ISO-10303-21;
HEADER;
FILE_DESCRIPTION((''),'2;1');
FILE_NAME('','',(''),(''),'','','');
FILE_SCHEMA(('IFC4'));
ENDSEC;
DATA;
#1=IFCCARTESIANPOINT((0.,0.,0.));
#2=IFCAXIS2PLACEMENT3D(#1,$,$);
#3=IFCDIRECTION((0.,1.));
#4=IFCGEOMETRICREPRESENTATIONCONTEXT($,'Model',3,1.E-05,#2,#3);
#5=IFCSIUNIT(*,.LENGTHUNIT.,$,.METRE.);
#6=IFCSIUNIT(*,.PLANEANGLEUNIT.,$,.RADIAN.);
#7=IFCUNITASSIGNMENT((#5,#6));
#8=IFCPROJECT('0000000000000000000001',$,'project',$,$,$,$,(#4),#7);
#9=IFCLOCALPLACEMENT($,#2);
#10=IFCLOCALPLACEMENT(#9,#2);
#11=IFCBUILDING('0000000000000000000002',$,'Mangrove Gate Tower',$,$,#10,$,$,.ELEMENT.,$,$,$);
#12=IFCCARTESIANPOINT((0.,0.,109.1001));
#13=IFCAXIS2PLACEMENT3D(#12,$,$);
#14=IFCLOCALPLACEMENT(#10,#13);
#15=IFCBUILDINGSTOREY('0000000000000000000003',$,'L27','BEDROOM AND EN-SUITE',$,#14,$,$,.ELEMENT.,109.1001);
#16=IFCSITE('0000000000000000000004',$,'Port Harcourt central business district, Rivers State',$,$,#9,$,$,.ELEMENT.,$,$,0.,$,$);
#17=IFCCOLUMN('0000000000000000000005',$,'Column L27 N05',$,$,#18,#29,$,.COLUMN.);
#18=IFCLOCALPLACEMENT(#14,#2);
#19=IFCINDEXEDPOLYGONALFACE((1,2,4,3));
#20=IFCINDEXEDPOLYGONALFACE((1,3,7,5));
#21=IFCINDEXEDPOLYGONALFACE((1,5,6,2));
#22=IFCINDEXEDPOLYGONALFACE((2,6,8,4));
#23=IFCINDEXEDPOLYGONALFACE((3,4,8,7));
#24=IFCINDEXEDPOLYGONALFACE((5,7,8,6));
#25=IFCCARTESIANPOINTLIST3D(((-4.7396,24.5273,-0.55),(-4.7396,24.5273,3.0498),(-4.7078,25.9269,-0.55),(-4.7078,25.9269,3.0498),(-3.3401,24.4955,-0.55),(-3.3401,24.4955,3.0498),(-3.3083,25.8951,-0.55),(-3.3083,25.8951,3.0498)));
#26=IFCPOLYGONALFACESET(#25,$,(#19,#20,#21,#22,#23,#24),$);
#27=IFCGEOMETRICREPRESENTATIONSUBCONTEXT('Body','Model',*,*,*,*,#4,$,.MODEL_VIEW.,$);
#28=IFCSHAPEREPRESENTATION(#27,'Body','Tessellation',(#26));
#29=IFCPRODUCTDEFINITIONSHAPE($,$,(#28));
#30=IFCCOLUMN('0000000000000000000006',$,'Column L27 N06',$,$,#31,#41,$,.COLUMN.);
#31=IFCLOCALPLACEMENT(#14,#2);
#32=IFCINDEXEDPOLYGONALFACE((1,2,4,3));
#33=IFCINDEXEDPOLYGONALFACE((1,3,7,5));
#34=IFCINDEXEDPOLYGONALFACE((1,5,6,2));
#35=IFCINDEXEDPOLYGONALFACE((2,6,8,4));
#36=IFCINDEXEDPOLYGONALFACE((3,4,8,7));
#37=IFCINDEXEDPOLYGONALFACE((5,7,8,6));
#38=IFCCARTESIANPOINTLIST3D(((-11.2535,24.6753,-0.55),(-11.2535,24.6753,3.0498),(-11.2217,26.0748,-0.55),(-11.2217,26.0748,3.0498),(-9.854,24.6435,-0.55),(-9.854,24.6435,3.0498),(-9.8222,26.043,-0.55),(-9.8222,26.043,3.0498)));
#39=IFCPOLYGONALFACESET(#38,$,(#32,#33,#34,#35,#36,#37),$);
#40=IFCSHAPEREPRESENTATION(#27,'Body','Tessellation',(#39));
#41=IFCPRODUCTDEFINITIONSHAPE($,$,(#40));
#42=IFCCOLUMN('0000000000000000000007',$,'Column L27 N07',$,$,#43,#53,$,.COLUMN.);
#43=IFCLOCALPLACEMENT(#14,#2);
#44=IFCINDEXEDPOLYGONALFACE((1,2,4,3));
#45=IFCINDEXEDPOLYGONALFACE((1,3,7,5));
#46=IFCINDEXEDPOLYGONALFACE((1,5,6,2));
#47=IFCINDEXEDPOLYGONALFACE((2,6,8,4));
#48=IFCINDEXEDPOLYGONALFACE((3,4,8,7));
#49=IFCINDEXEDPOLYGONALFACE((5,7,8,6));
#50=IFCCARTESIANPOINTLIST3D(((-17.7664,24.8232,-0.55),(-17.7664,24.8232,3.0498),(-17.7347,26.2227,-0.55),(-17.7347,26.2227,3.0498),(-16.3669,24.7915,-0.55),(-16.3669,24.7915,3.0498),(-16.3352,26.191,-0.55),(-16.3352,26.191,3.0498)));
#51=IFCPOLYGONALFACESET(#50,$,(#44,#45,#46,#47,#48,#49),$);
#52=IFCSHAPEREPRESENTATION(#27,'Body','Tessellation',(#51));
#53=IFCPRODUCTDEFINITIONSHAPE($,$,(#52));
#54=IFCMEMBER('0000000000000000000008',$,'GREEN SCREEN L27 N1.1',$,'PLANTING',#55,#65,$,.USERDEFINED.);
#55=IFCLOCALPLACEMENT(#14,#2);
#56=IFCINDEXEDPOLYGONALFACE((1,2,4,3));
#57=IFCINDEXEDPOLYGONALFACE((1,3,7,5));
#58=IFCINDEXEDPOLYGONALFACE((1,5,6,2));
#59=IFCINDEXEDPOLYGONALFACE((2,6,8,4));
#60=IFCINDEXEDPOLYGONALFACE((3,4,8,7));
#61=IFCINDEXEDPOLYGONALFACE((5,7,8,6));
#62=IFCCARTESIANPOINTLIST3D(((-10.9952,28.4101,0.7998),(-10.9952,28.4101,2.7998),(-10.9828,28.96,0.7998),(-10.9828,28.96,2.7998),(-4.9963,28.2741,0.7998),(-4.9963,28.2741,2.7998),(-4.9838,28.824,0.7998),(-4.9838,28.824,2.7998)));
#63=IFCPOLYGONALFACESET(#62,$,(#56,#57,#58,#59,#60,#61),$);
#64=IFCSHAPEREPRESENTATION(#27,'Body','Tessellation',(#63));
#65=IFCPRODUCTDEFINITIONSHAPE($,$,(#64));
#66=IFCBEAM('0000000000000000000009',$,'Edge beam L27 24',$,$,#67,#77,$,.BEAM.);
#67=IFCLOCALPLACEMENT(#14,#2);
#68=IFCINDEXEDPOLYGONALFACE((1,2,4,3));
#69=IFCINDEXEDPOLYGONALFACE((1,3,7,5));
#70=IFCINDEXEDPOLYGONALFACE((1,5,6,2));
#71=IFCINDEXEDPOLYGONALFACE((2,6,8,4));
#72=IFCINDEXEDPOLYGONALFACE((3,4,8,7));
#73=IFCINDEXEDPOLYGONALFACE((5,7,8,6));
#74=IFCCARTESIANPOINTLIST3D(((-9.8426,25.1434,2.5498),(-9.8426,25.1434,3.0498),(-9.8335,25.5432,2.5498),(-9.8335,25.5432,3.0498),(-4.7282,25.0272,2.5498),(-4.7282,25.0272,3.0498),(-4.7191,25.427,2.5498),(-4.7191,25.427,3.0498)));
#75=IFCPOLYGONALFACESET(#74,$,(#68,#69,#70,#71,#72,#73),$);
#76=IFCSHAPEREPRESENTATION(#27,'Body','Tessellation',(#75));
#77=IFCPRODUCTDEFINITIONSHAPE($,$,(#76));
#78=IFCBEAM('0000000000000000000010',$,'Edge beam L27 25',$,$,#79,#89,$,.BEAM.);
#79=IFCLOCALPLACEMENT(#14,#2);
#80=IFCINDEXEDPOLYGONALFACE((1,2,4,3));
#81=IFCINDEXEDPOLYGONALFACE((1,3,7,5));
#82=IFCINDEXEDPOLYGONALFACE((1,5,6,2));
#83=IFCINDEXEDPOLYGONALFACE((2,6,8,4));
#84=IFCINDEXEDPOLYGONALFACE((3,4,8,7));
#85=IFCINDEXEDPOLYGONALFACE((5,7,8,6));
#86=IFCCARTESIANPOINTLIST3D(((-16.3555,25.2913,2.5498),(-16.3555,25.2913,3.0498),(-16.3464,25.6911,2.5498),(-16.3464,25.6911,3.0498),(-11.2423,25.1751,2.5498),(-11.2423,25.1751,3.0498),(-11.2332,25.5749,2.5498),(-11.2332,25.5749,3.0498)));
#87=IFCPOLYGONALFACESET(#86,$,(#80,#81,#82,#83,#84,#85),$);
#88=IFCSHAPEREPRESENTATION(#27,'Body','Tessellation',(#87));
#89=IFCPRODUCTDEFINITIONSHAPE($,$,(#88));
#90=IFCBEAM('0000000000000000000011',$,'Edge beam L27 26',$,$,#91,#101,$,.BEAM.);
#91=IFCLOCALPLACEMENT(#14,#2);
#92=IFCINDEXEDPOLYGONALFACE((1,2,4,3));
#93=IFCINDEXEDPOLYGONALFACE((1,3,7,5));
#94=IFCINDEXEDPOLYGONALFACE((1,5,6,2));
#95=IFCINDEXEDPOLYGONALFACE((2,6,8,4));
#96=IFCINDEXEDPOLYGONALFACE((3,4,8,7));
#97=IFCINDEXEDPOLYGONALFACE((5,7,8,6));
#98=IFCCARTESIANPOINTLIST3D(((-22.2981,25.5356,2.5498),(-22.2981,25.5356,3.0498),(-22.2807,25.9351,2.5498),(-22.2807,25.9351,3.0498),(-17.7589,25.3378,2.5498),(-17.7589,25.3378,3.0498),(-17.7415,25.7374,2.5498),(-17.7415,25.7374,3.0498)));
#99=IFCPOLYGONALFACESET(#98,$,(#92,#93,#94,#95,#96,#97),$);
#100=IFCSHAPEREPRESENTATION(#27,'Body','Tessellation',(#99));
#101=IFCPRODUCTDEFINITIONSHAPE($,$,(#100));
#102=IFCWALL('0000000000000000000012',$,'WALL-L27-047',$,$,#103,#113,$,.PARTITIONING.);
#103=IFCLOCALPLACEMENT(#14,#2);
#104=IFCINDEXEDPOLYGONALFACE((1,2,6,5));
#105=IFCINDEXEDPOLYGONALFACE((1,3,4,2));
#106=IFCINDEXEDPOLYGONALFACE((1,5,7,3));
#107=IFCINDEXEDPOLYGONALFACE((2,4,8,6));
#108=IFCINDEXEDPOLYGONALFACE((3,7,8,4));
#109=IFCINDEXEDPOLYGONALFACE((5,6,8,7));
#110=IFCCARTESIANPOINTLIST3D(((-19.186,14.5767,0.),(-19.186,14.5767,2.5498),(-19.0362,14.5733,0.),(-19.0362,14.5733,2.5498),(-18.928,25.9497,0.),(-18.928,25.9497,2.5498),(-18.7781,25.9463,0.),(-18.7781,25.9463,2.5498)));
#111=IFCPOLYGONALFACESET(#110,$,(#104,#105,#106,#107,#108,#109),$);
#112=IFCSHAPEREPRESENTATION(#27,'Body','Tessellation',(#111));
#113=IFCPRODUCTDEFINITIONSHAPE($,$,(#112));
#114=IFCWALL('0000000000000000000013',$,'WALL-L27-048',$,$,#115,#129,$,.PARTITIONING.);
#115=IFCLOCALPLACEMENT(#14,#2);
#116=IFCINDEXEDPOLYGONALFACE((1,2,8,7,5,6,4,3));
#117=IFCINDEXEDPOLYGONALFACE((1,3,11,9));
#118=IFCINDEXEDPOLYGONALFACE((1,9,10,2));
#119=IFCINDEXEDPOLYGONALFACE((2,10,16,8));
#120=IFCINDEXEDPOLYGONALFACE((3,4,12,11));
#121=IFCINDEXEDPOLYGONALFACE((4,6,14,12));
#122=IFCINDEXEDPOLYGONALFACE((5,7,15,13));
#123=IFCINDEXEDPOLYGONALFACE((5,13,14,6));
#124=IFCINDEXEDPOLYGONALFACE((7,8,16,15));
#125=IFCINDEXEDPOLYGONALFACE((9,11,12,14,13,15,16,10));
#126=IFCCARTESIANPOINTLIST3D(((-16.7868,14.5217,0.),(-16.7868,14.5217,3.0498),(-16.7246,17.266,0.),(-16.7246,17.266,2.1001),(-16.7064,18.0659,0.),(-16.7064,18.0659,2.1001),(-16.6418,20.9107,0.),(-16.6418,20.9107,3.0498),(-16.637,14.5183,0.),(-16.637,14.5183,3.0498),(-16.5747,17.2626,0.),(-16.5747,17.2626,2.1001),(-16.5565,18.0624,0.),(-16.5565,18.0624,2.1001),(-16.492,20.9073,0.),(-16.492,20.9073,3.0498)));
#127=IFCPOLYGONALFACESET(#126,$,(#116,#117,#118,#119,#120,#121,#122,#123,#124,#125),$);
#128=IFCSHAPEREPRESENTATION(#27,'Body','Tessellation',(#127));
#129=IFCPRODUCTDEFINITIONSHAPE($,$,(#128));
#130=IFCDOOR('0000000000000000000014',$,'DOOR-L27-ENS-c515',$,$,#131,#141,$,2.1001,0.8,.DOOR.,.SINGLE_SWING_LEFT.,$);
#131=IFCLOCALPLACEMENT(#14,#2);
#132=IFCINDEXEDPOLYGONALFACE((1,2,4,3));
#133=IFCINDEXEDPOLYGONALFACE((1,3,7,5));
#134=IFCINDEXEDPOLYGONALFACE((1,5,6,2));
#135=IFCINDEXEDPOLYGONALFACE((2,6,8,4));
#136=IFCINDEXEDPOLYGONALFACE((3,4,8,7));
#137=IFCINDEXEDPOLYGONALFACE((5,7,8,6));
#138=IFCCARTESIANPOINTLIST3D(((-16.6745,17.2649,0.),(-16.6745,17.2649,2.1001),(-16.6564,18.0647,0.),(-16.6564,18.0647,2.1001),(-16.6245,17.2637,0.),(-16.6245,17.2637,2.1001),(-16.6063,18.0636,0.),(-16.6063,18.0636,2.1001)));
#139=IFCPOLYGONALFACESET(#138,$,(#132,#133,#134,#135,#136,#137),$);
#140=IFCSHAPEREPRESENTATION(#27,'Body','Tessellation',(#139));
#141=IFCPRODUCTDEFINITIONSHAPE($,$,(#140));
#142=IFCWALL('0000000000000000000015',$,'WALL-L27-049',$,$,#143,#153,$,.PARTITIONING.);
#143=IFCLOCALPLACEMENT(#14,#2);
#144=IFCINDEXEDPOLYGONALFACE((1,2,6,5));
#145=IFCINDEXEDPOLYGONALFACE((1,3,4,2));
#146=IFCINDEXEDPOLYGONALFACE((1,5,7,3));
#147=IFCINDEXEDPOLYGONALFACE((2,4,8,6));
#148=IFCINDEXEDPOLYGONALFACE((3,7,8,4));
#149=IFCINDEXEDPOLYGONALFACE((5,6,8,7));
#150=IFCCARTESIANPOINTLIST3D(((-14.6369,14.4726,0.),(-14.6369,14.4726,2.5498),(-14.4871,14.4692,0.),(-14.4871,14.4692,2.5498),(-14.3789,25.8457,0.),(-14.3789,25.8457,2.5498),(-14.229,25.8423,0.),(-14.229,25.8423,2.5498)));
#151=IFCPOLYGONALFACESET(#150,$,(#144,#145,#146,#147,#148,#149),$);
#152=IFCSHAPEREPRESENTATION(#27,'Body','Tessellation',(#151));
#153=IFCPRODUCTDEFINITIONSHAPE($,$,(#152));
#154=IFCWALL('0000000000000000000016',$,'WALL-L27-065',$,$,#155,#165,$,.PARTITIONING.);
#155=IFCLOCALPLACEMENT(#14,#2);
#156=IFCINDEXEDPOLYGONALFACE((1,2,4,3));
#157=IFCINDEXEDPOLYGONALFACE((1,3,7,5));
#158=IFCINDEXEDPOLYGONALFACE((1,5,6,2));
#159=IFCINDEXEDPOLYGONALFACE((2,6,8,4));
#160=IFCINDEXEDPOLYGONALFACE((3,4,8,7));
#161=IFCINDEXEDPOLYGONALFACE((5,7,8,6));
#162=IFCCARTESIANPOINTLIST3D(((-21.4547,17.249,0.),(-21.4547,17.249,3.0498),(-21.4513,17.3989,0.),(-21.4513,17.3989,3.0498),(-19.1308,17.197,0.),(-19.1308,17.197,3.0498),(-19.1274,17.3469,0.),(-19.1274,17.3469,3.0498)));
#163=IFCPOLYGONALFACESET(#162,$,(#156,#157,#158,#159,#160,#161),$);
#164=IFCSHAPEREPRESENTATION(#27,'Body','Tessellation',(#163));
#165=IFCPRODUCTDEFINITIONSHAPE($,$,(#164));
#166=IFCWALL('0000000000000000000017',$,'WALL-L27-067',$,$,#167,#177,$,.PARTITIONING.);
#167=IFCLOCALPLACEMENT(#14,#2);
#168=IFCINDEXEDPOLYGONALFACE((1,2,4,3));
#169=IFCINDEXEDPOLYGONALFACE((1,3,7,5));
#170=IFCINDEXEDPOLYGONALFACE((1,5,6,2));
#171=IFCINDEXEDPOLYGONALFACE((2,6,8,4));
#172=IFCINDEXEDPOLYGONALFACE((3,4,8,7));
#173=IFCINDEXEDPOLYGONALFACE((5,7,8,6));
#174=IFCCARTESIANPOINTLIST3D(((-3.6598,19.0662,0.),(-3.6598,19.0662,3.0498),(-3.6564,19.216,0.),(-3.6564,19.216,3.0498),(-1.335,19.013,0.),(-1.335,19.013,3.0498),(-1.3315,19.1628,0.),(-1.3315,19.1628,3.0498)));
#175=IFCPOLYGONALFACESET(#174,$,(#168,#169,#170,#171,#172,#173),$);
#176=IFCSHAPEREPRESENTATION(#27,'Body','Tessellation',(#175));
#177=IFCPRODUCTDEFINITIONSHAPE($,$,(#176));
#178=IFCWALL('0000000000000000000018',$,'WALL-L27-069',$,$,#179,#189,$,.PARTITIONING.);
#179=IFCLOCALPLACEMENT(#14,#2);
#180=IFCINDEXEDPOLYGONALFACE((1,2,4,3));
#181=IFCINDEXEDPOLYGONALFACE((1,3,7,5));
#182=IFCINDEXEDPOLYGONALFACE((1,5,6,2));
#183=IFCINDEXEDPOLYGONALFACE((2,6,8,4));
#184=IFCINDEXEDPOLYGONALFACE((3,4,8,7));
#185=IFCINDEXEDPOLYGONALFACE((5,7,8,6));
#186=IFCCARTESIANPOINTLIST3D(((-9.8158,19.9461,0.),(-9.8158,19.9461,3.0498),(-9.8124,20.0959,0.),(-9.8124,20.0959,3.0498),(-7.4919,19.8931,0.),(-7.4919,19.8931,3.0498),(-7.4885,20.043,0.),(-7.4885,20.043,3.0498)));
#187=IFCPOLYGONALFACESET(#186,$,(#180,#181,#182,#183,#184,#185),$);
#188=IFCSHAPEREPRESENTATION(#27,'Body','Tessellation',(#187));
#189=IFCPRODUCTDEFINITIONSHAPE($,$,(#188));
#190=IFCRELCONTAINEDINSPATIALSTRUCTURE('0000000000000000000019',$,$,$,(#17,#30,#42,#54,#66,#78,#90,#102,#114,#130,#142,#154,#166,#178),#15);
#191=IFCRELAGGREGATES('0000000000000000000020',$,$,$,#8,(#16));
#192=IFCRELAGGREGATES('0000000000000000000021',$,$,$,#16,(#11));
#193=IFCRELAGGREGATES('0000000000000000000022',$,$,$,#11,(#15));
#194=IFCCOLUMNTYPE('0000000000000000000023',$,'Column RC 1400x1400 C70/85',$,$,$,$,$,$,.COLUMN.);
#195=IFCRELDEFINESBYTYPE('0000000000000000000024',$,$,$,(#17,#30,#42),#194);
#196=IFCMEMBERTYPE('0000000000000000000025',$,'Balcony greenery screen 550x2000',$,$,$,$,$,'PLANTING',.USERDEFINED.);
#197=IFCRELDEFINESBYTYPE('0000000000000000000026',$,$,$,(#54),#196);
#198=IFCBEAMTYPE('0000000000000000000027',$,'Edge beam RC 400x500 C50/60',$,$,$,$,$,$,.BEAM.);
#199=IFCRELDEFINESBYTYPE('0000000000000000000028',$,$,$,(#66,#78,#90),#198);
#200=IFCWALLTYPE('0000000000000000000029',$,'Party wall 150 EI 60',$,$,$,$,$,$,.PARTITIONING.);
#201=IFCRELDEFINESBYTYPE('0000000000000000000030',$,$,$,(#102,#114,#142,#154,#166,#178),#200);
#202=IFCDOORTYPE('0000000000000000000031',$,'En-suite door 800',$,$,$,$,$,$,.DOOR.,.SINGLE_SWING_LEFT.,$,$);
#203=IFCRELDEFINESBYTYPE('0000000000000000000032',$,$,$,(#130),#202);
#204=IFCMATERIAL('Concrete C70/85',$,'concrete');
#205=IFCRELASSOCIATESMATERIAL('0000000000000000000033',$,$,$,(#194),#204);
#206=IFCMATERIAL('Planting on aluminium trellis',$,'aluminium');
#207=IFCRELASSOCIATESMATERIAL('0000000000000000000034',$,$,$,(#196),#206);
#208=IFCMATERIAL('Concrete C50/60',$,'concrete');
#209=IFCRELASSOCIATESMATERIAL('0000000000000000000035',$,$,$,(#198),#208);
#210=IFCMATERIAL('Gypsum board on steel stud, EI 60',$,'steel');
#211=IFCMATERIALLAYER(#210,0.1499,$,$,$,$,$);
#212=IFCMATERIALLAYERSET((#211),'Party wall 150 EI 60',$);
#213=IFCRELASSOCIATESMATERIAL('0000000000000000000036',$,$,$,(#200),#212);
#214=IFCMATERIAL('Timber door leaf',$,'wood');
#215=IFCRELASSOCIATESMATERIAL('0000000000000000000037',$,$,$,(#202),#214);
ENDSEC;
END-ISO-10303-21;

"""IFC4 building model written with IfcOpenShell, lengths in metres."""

from ifc_helpers import new_model, si_unit, direction, frame, frame_2d, origin, origin_2d, place, context, subcontext, project, spatial, rectangle, extrude, material, layer, layer_set, material_profile, profile_set, type_object, element, fill, save


model = new_model("IFC4")

# Units and contexts
model_context = context("Model", 3, precision=1e-05, world=origin(), true_north=direction((0.0, 1.0)))
body_context = subcontext(model_context, "Body", "Model", "MODEL_VIEW")
ifc_project = project(units=[si_unit("LENGTHUNIT", "METRE"), si_unit("PLANEANGLEUNIT", "RADIAN")], contexts=[model_context])

# Site, building, storey
site_placement = place(None, origin())
site = spatial("IfcSite", under=ifc_project, at=site_placement, Name="Port Harcourt central business district, Rivers State", CompositionType="ELEMENT", RefElevation=0.0)
building_placement = place(site_placement, origin())
building = spatial("IfcBuilding", under=site, at=building_placement, Name="Mangrove Gate Tower", CompositionType="ELEMENT")
storey_placement = place(building_placement, frame((0.0, 0.0, 109.1001)))
storey = spatial("IfcBuildingStorey", under=building, at=storey_placement, Name="L27", Description="BEDROOM AND EN-SUITE", CompositionType="ELEMENT", Elevation=109.1001)

# Columns
ifc_material_1 = material(Name="Concrete C70/85", Category="concrete")
ifc_material_profile_1 = material_profile(ifc_material_1, rectangle(XDim=1.3999, YDim=1.3999, at=origin_2d()))
ifc_profile_set_1 = profile_set([ifc_material_profile_1], Name="Concrete C70/85")
column_type = type_object("IfcColumnType", Name="Column RC 1400x1400 C70/85", PredefinedType="COLUMN", material=ifc_profile_set_1)
for number, where, z_axis, x_axis, name in (
    (1, (-4.0239, 25.2112, -0.55), (0.0, 0.0, 1.0), (-0.999742, 0.022714, 0.0), "Column L27 N05"),
    (2, (-10.5378, 25.3591, -0.55), (0.0, 0.0, 1.0), (-0.999742, 0.022716, 0.0), "Column L27 N06"),
    (3, (-17.0508, 25.5071, -0.55), (0.0, 0.0, 1.0), (-0.999744, 0.022639, 0.0), "Column L27 N07"),
):
    element("IfcColumn", number, at=place(storey_placement, frame(where, z_axis=z_axis, x_axis=x_axis)), inside=storey, type_object=column_type, Name=name, PredefinedType="COLUMN", context=body_context, shape_type="SweptSolid", body=[
        extrude(rectangle(XDim=1.3999, YDim=1.3999, at=origin_2d()), origin(), (0.0, 0.0, 1.0), 3.5999),
    ])

# Member
ifc_material_2 = material(Name="Planting on aluminium trellis", Category="aluminium")
ifc_material_profile_2 = material_profile(ifc_material_2, rectangle(XDim=0.55, YDim=2.0, at=origin_2d()))
ifc_profile_set_2 = profile_set([ifc_material_profile_2], Name="Planting on aluminium trellis")
member_type = type_object("IfcMemberType", Name="Balcony greenery screen 550x2000", ElementType="PLANTING", PredefinedType="USERDEFINED", material=ifc_profile_set_2)
member_placement = place(storey_placement, frame((-10.989, 28.6851, 1.7998), z_axis=(0.999743, -0.022662, 0.0), x_axis=(0.022662, 0.999743, 0.0)))
element("IfcMember", 4, at=member_placement, inside=storey, type_object=member_type, Name="GREEN SCREEN L27 N1.1", ObjectType="PLANTING", PredefinedType="USERDEFINED", context=body_context, shape_type="SweptSolid", body=[
    extrude(rectangle(XDim=0.55, YDim=2.0, at=origin_2d()), origin(), (0.0, 0.0, 1.0), 6.0005),
])

# Beams
ifc_material_3 = material(Name="Concrete C50/60", Category="concrete")
ifc_material_profile_3 = material_profile(ifc_material_3, rectangle(XDim=0.3999, YDim=0.5, at=origin_2d()))
ifc_profile_set_3 = profile_set([ifc_material_profile_3], Name="Concrete C50/60")
beam_type = type_object("IfcBeamType", Name="Edge beam RC 400x500 C50/60", PredefinedType="BEAM", material=ifc_profile_set_3)
beam_1_placement = place(storey_placement, frame((-4.7236, 25.2271, 2.7998), z_axis=(-0.999742, 0.022716, 0.0), x_axis=(-0.022716, -0.999742, 0.0)))
element("IfcBeam", 5, at=beam_1_placement, inside=storey, type_object=beam_type, Name="Edge beam L27 24", PredefinedType="BEAM", context=body_context, shape_type="SweptSolid", body=[
    extrude(rectangle(XDim=0.3999, YDim=0.5, at=origin_2d()), origin(), (0.0, 0.0, 1.0), 5.1157),
])
beam_2_placement = place(storey_placement, frame((-11.2378, 25.375, 2.7998), z_axis=(-0.999742, 0.022721, 0.0), x_axis=(-0.022721, -0.999742, 0.0)))
element("IfcBeam", 6, at=beam_2_placement, inside=storey, type_object=beam_type, Name="Edge beam L27 25", PredefinedType="BEAM", context=body_context, shape_type="SweptSolid", body=[
    extrude(rectangle(XDim=0.3999, YDim=0.5, at=origin_2d()), origin(), (0.0, 0.0, 1.0), 5.1145),
])
beam_3_placement = place(storey_placement, frame((-17.7502, 25.5376, 2.7998), z_axis=(-0.999052, 0.043526, 0.0), x_axis=(-0.043526, -0.999052, 0.0)))
element("IfcBeam", 7, at=beam_3_placement, inside=storey, type_object=beam_type, Name="Edge beam L27 26", PredefinedType="BEAM", context=body_context, shape_type="SweptSolid", body=[
    extrude(rectangle(XDim=0.3999, YDim=0.5, at=origin_2d()), origin(), (0.0, 0.0, 1.0), 4.5435),
])

# Wall
ifc_material_4 = material(Name="Gypsum board on steel stud, EI 60", Category="steel")
ifc_layer_1 = layer(ifc_material_4, 0.1499)
ifc_layer_set_1 = layer_set([ifc_layer_1], Name="Party wall 150 EI 60")
wall_type_1 = type_object("IfcWallType", Name="Party wall 150 EI 60", PredefinedType="PARTITIONING", material=ifc_layer_set_1)
wall_1_placement = place(storey_placement, frame((-19.1111, 14.575, 0.0), z_axis=(0.0, 0.0, 1.0), x_axis=(0.022684, 0.999743, 0.0)))
element("IfcWall", 8, at=wall_1_placement, inside=storey, type_object=wall_type_1, Name="WALL-L27-047", PredefinedType="PARTITIONING", context=body_context, shape_type="SweptSolid", body=[
    extrude(rectangle(XDim=11.376, YDim=0.1499, at=frame_2d((5.688, 0.0))), origin(), (0.0, 0.0, 1.0), 2.5498),
])

# Wall, opening, door
wall_2_placement = place(storey_placement, frame((-16.7119, 14.52, 0.0), z_axis=(0.0, 0.0, 1.0), x_axis=(0.022693, 0.999742, 0.0)))
wall_2 = element("IfcWall", 9, at=wall_2_placement, inside=storey, type_object=wall_type_1, Name="WALL-L27-048", PredefinedType="PARTITIONING", context=body_context, shape_type="SweptSolid", body=[
    extrude(rectangle(XDim=6.3906, YDim=0.1499, at=frame_2d((3.1953, 0.0))), origin(), (0.0, 0.0, 1.0), 3.0498),
])
opening_placement = place(wall_2_placement, frame((2.7451, 0.0, 0.0)))
opening = element("IfcOpeningElement", 10, at=opening_placement, cuts=wall_2, PredefinedType="OPENING", context=body_context, shape_type="SweptSolid", body=[
    extrude(rectangle(XDim=0.8, YDim=2.1001, at=frame_2d((0.3999, 1.05))), frame((0.0, 0.085, 0.0), z_axis=(0.0, -1.0, 0.0), x_axis=(1.0, 0.0, 0.0)), (0.0, 0.0, 1.0), 0.1699),
])
ifc_material_5 = material(Name="Timber door leaf", Category="wood")
door_type = type_object("IfcDoorType", Name="En-suite door 800", OperationType="SINGLE_SWING_LEFT", PredefinedType="DOOR", material=ifc_material_5)
door_placement = place(opening_placement, origin())
door = element("IfcDoor", 11, at=door_placement, inside=storey, type_object=door_type, Name="DOOR-L27-ENS-c515", OperationType="SINGLE_SWING_LEFT", OverallHeight=2.1001, OverallWidth=0.8, PredefinedType="DOOR", context=body_context, shape_type="SweptSolid", body=[
    extrude(rectangle(XDim=0.8, YDim=2.1001, at=frame_2d((0.3999, 1.05))), frame((0.0, 0.0249, 0.0), z_axis=(0.0, -1.0, 0.0), x_axis=(1.0, 0.0, 0.0)), (0.0, 0.0, 1.0), 0.05),
])
fill(opening, door)

# Walls
wall_3_placement = place(storey_placement, frame((-14.562, 14.4709, 0.0), z_axis=(0.0, 0.0, 1.0), x_axis=(0.022684, 0.999743, 0.0)))
element("IfcWall", 12, at=wall_3_placement, inside=storey, type_object=wall_type_1, Name="WALL-L27-049", PredefinedType="PARTITIONING", context=body_context, shape_type="SweptSolid", body=[
    extrude(rectangle(XDim=11.376, YDim=0.1499, at=frame_2d((5.688, 0.0))), origin(), (0.0, 0.0, 1.0), 2.5498),
])
wall_4_placement = place(storey_placement, frame((-21.4529, 17.324, 0.0), z_axis=(0.0, 0.0, 1.0), x_axis=(0.99975, -0.022371, 0.0)))
element("IfcWall", 13, at=wall_4_placement, inside=storey, type_object=wall_type_1, Name="WALL-L27-065", PredefinedType="PARTITIONING", context=body_context, shape_type="SweptSolid", body=[
    extrude(rectangle(XDim=2.3245, YDim=0.1499, at=frame_2d((1.1621, 0.0))), origin(), (0.0, 0.0, 1.0), 3.0498),
])
wall_5_placement = place(storey_placement, frame((-3.658, 19.1411, 0.0), z_axis=(0.0, 0.0, 1.0), x_axis=(0.999738, -0.022886, 0.0)))
element("IfcWall", 14, at=wall_5_placement, inside=storey, type_object=wall_type_1, Name="WALL-L27-067", PredefinedType="PARTITIONING", context=body_context, shape_type="SweptSolid", body=[
    extrude(rectangle(XDim=2.3254, YDim=0.1499, at=frame_2d((1.1626, 0.0))), origin(), (0.0, 0.0, 1.0), 3.0498),
])
wall_6_placement = place(storey_placement, frame((-9.814, 20.021, 0.0), z_axis=(0.0, 0.0, 1.0), x_axis=(0.99974, -0.022791, 0.0)))
element("IfcWall", 15, at=wall_6_placement, inside=storey, type_object=wall_type_1, Name="WALL-L27-069", PredefinedType="PARTITIONING", context=body_context, shape_type="SweptSolid", body=[
    extrude(rectangle(XDim=2.3245, YDim=0.1499, at=frame_2d((1.1621, 0.0))), origin(), (0.0, 0.0, 1.0), 3.0498),
])

save(model, "model.ifc")
